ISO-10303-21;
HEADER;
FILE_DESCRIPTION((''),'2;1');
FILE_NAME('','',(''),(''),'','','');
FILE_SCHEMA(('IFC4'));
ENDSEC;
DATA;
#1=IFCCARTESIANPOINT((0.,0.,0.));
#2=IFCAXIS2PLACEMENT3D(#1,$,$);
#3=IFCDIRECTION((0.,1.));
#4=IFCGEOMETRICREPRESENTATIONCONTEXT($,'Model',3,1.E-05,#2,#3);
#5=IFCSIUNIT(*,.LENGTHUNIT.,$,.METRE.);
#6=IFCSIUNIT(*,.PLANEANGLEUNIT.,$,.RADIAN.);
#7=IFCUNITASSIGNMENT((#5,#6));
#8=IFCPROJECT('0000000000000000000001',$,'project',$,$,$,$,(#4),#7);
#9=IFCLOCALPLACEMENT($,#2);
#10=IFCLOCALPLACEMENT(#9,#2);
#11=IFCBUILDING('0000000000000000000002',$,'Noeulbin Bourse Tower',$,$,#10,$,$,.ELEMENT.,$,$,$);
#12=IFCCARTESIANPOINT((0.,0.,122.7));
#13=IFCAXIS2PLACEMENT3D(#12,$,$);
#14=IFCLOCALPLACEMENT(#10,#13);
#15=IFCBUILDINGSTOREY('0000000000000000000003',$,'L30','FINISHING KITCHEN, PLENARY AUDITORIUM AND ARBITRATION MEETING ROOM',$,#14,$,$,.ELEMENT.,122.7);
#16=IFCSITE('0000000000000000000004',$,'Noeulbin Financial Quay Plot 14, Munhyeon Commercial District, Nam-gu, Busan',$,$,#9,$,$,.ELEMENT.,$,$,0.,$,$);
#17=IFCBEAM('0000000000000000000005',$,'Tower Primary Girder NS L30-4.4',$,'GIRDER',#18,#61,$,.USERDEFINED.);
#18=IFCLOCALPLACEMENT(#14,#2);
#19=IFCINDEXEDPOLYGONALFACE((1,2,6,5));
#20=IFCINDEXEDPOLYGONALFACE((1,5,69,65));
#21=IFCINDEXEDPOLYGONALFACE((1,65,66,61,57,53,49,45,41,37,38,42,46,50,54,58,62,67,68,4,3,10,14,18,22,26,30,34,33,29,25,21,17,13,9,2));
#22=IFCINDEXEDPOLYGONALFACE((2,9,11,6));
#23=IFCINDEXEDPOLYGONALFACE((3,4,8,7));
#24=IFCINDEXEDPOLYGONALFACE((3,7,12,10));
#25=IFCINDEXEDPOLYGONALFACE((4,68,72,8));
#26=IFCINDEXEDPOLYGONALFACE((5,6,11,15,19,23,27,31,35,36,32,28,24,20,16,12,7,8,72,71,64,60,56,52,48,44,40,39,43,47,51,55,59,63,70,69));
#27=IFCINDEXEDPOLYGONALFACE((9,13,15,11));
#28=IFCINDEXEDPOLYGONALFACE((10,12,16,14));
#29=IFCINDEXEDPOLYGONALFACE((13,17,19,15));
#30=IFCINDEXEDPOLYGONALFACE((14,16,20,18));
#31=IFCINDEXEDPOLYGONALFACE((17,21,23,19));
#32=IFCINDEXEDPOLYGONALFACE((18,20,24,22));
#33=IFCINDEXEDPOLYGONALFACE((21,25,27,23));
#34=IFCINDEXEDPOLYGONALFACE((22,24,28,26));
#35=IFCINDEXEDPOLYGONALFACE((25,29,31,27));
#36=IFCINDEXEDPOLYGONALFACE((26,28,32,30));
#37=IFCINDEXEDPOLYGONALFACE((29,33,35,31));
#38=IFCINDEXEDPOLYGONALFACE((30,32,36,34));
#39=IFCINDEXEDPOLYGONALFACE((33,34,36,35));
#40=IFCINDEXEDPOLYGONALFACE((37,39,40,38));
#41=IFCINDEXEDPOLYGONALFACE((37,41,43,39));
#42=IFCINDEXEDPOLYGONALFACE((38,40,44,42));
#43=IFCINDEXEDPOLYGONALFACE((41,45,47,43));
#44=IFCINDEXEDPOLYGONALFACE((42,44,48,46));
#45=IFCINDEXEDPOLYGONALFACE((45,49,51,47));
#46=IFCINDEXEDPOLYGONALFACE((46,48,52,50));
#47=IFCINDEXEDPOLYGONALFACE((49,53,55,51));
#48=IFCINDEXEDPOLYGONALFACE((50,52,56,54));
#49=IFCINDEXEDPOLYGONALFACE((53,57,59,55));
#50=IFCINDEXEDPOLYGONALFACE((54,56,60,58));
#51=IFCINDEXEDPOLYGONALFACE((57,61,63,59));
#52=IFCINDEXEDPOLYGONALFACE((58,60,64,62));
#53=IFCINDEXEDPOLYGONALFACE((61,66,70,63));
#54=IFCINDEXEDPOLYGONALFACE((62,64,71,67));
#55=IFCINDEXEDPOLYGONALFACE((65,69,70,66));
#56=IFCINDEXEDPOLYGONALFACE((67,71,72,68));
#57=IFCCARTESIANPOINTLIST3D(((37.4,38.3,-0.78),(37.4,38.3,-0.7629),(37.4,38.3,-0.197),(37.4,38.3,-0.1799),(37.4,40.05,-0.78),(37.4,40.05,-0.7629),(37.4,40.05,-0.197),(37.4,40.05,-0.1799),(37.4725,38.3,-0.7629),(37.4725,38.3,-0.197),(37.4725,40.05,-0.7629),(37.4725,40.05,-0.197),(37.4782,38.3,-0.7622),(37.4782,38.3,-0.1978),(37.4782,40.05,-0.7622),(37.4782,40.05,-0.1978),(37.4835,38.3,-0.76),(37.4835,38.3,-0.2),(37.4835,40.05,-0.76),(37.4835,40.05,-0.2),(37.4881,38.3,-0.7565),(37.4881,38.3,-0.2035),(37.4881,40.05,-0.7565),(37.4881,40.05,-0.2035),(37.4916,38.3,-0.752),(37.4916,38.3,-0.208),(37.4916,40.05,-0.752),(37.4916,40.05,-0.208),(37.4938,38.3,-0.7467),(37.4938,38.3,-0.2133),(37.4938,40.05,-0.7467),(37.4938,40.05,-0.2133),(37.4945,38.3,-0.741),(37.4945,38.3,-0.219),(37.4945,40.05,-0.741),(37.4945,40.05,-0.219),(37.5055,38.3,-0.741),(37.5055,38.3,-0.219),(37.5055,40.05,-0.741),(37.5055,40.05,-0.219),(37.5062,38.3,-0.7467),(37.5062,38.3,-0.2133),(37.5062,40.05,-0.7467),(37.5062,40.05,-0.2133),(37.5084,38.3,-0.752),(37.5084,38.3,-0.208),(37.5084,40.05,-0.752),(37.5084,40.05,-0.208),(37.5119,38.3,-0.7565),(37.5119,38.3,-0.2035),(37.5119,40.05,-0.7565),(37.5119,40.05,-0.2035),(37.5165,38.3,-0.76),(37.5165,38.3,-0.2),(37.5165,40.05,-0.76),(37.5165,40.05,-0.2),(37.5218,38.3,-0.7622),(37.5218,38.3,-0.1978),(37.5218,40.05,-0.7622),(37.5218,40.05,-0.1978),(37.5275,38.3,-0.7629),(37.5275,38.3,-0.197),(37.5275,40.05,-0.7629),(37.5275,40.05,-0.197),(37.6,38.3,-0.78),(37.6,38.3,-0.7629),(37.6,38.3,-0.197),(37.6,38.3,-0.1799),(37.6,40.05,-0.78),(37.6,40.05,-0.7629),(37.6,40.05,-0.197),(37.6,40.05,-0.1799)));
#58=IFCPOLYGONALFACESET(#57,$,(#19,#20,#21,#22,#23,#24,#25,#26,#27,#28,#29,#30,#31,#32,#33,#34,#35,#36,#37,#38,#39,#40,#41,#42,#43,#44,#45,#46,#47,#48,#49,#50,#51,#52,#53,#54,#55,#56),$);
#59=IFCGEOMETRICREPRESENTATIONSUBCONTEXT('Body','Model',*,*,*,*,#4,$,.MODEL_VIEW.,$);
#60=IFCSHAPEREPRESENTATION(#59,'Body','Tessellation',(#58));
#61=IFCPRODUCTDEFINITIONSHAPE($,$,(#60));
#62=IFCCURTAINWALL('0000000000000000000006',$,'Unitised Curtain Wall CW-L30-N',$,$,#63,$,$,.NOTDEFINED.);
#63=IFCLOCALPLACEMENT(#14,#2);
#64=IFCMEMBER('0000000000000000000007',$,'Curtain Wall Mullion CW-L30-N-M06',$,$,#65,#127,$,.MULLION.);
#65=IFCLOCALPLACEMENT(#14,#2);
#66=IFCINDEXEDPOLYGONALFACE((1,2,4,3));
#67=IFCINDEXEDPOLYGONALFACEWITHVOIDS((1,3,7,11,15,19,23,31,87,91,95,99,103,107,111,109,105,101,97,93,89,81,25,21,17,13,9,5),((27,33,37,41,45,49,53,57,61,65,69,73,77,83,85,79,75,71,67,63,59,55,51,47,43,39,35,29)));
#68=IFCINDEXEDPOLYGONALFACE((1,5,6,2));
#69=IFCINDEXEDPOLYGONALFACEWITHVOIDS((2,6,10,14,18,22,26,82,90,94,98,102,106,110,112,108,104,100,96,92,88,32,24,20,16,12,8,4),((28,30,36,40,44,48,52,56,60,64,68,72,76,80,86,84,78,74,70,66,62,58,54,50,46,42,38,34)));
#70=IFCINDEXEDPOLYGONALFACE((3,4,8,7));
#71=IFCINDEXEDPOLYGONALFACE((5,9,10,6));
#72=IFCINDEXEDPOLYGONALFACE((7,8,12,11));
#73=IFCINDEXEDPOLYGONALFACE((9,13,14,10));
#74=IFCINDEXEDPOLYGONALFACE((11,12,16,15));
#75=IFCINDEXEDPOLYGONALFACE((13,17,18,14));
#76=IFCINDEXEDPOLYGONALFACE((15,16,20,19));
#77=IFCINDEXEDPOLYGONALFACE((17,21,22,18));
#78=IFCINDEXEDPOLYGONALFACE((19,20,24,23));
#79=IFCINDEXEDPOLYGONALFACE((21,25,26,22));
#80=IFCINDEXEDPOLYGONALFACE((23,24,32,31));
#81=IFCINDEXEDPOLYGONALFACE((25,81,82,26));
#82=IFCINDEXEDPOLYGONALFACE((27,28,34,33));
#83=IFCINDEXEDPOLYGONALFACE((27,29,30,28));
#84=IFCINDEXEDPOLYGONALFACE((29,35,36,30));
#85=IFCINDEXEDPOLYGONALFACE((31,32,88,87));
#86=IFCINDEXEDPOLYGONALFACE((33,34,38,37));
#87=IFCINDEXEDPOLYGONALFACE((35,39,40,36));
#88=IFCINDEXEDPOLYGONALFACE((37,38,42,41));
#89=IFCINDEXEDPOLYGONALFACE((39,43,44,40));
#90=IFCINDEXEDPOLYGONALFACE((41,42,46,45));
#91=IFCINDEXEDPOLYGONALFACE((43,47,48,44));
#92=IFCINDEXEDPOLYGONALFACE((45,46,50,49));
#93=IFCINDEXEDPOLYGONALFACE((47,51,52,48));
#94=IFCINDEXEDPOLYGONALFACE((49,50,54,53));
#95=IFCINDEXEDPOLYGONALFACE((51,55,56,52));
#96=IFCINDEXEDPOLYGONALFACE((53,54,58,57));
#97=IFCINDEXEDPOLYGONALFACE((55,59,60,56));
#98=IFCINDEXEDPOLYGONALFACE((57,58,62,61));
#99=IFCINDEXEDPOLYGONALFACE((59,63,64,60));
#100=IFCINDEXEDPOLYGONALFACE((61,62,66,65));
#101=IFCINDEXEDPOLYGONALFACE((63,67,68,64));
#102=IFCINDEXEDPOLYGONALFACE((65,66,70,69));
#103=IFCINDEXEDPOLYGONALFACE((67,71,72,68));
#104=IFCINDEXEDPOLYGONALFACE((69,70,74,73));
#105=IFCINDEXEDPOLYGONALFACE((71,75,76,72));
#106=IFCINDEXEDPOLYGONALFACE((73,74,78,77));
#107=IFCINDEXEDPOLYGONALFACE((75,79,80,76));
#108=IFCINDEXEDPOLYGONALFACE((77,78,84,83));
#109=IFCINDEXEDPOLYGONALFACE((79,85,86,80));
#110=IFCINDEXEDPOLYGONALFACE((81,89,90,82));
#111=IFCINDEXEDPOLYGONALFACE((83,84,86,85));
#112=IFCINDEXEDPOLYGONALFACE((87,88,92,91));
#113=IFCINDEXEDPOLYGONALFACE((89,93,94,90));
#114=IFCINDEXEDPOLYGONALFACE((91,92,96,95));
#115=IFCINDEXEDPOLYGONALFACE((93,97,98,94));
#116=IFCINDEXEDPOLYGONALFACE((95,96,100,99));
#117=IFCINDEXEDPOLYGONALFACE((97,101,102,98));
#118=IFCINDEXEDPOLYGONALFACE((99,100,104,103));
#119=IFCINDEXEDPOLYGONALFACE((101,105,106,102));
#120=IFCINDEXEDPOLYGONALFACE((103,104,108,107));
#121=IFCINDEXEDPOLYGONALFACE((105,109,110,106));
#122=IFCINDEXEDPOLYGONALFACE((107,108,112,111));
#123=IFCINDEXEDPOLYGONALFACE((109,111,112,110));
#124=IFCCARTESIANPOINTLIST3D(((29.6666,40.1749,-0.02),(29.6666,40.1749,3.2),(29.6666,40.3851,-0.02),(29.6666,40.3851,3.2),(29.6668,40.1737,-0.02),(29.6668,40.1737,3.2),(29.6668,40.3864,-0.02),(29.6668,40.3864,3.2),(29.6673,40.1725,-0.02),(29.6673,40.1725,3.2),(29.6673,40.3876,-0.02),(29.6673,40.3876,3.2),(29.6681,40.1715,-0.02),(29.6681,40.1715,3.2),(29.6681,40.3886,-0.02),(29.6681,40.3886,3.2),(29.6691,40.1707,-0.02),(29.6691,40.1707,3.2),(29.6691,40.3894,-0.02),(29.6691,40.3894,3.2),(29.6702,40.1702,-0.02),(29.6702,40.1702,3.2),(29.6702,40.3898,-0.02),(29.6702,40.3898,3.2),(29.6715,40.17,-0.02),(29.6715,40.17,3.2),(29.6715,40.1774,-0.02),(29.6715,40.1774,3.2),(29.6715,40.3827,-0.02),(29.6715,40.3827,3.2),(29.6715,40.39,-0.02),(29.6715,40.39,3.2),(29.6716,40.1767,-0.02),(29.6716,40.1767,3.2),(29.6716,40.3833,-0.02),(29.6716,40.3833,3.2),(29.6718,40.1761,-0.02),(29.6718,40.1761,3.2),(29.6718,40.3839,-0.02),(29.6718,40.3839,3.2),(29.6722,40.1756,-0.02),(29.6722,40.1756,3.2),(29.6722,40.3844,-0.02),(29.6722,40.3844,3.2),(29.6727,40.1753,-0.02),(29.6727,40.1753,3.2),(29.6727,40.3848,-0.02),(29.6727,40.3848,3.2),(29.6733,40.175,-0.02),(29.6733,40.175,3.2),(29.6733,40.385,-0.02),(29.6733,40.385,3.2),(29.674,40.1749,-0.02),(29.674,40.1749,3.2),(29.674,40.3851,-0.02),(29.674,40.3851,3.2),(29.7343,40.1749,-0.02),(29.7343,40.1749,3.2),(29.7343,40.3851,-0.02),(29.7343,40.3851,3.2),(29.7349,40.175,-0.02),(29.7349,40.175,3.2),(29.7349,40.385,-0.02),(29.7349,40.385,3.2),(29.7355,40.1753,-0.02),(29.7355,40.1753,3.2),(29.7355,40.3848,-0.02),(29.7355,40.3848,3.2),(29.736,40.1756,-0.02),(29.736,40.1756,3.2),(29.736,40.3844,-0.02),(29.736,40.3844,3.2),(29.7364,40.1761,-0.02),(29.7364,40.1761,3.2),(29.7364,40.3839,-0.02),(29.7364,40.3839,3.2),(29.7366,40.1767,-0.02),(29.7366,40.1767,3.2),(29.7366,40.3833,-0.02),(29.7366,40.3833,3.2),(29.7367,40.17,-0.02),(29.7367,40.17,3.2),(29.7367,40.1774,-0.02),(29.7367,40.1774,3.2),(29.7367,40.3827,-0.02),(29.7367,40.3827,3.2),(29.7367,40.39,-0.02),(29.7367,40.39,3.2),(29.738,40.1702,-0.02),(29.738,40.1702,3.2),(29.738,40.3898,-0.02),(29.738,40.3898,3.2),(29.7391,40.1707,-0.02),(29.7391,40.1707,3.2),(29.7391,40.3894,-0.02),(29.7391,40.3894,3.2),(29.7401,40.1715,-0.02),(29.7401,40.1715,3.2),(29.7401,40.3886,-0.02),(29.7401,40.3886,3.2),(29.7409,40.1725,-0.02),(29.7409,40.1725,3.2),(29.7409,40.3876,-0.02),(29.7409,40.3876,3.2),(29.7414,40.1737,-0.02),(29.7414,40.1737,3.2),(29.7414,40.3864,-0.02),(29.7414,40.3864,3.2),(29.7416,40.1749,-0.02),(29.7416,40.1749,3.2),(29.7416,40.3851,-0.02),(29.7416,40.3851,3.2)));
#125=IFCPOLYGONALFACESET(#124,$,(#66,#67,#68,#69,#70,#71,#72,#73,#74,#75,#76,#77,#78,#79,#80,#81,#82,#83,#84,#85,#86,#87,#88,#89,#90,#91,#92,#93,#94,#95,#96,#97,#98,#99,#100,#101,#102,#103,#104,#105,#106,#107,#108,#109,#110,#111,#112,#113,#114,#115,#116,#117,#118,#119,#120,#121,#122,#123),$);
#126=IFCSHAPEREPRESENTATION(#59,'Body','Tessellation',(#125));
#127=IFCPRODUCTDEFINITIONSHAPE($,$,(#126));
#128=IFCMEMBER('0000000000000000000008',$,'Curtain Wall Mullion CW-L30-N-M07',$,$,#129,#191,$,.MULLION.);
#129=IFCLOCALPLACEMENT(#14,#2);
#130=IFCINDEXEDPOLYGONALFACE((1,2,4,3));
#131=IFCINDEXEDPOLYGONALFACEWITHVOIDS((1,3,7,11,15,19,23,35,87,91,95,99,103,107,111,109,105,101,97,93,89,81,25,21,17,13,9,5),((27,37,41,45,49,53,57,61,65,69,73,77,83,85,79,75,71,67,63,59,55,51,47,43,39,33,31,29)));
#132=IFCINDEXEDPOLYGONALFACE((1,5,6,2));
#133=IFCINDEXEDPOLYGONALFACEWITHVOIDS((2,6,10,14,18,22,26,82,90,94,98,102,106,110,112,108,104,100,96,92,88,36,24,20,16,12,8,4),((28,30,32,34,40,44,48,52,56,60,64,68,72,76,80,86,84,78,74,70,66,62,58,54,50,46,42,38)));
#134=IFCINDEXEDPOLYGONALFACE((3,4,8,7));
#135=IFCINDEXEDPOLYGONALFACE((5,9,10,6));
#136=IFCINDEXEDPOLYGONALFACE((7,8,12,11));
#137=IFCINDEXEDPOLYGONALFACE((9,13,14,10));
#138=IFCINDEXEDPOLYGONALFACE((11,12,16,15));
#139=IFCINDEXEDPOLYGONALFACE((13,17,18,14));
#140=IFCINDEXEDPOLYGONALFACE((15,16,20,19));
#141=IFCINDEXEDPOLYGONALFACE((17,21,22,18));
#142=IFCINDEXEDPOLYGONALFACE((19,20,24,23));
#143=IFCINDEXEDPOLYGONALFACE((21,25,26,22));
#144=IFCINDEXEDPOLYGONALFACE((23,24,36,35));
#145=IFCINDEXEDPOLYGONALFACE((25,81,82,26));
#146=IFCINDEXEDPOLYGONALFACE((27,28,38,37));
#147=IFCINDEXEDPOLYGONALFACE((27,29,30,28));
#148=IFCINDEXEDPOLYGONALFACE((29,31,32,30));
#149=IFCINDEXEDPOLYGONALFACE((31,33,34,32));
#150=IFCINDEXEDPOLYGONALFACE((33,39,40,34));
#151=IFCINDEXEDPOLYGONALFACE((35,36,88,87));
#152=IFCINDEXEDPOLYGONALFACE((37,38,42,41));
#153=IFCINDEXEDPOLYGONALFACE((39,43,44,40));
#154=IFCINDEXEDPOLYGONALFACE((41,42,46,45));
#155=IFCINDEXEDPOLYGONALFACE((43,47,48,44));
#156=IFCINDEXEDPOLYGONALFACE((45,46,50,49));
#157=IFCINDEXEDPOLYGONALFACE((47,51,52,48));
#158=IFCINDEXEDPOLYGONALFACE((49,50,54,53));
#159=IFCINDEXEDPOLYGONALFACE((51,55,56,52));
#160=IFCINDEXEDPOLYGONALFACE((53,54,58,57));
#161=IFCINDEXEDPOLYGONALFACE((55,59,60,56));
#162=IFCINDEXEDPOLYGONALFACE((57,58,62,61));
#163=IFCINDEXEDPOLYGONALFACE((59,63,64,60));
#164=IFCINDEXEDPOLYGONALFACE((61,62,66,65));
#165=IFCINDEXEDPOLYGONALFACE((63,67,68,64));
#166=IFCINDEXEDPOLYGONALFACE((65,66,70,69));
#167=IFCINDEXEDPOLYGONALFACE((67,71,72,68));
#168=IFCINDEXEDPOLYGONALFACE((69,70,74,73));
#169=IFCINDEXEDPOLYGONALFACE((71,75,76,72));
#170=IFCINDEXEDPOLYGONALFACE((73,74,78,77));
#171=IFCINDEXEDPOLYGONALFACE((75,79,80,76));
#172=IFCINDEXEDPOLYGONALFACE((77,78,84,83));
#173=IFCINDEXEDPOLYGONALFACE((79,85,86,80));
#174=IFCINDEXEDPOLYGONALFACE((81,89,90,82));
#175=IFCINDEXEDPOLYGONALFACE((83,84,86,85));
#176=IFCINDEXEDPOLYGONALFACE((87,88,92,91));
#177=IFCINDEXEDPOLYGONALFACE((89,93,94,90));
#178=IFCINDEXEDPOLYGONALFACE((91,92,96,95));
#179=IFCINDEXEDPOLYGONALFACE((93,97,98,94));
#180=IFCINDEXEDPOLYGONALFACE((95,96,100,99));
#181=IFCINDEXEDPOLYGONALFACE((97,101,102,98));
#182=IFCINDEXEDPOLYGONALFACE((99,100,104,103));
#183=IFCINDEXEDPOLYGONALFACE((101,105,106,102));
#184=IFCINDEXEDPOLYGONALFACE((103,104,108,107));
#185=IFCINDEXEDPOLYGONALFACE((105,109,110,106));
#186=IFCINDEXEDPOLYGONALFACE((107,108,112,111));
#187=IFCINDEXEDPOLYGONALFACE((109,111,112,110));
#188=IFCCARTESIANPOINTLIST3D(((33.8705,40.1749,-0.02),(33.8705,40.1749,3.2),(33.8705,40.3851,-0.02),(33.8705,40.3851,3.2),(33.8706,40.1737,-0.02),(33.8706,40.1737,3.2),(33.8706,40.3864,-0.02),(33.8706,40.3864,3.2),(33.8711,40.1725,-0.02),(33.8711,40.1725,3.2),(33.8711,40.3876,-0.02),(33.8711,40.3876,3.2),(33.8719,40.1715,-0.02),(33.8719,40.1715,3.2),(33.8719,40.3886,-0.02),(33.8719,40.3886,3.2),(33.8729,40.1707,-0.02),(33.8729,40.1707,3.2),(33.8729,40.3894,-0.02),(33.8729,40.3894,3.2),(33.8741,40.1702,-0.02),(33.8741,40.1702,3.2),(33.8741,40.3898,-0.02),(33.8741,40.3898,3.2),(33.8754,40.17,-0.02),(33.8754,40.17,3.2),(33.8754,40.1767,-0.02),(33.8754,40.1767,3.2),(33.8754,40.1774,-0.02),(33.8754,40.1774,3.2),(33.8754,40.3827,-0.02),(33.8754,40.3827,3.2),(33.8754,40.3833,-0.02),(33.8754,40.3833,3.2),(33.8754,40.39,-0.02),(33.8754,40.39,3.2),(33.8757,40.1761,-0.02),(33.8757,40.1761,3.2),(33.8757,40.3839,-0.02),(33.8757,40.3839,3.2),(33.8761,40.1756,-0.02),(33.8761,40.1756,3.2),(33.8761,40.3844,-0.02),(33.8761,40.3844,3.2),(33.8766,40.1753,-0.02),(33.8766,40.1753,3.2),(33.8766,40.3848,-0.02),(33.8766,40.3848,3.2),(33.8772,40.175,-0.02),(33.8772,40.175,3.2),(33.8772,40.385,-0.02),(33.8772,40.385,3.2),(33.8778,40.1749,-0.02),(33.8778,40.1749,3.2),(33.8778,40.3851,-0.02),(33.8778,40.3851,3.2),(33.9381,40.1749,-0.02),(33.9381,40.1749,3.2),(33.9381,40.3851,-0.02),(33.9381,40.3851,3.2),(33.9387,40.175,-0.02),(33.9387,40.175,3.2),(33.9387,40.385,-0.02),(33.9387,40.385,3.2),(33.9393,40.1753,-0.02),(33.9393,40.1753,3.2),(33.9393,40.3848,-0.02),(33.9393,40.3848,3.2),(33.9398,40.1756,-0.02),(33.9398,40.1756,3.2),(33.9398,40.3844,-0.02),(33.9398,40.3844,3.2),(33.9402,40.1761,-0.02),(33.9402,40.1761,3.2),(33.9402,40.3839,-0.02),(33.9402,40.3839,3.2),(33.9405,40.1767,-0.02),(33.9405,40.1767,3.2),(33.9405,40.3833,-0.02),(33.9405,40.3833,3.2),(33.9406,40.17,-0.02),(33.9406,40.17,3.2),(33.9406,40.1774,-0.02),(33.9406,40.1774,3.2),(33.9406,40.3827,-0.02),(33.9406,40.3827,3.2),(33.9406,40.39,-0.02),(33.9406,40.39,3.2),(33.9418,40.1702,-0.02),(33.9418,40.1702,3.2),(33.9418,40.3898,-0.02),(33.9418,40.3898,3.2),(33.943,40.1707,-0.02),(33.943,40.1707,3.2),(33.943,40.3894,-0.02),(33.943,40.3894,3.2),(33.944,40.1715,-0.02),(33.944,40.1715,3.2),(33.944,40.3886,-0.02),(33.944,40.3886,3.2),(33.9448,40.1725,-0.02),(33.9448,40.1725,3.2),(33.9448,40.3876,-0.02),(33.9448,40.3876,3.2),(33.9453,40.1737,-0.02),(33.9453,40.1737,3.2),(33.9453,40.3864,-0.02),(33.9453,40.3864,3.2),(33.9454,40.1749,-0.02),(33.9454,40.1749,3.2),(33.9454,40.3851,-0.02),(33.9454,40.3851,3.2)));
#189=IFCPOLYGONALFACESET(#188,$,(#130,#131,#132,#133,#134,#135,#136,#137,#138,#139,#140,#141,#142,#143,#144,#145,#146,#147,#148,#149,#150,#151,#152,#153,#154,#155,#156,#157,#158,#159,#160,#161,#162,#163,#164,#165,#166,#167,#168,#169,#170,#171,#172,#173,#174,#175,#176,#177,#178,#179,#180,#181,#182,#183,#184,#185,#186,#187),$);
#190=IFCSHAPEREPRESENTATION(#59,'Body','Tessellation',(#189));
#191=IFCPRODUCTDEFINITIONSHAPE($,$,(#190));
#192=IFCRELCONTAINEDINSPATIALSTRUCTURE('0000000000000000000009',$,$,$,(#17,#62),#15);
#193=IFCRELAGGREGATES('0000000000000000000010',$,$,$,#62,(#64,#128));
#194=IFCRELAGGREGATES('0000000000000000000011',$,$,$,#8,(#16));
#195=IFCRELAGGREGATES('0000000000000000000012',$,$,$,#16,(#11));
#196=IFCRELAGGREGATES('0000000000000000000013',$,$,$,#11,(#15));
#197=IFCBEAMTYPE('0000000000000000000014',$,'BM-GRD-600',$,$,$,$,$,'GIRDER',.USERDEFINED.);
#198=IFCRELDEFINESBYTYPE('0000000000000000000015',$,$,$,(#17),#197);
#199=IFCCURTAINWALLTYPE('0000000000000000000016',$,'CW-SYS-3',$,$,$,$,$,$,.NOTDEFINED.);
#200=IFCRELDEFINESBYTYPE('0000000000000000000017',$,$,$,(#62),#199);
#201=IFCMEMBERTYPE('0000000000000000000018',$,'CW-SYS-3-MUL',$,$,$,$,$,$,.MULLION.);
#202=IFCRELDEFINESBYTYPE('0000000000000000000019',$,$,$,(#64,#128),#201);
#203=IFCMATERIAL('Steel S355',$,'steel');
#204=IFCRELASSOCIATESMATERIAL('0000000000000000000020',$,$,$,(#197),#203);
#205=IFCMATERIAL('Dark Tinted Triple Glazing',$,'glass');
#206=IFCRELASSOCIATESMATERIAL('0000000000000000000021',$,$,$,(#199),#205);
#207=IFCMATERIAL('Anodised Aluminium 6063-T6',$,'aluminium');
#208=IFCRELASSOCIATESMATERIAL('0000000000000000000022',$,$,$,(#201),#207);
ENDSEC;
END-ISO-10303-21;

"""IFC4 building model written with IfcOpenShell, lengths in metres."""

from ifc_helpers import new_model, si_unit, direction, frame, origin, origin_2d, place, context, subcontext, project, spatial, hollow_rectangle, i_section, extrude, material, material_profile, profile_set, type_object, element, aggregate, save


model = new_model("IFC4")

# Units and contexts
model_context = context("Model", 3, precision=1e-05, world=origin(), true_north=direction((0.0, 1.0)))
body_context = subcontext(model_context, "Body", "Model", "MODEL_VIEW")
ifc_project = project(units=[si_unit("LENGTHUNIT", "METRE"), si_unit("PLANEANGLEUNIT", "RADIAN")], contexts=[model_context])

# Site, building, storey
site_placement = place(None, origin())
site = spatial("IfcSite", under=ifc_project, at=site_placement, Name="Noeulbin Financial Quay Plot 14, Munhyeon Commercial District, Nam-gu, Busan", CompositionType="ELEMENT", RefElevation=0.0)
building_placement = place(site_placement, origin())
building = spatial("IfcBuilding", under=site, at=building_placement, Name="Noeulbin Bourse Tower", CompositionType="ELEMENT")
storey_placement = place(building_placement, frame((0.0, 0.0, 122.7)))
storey = spatial("IfcBuildingStorey", under=building, at=storey_placement, Name="L30", Description="FINISHING KITCHEN, PLENARY AUDITORIUM AND ARBITRATION MEETING ROOM", CompositionType="ELEMENT", Elevation=122.7)

# Beam
ifc_material_1 = material(Name="Steel S355", Category="steel")
ifc_material_profile_1 = material_profile(ifc_material_1, i_section(OverallWidth=0.2, OverallDepth=0.6001, WebThickness=0.011, FlangeThickness=0.0171, FilletRadius=0.022, at=origin_2d()), Name="H-600x200x11x17", Category="LoadBearing")
ifc_profile_set_1 = profile_set([ifc_material_profile_1], Name="Steel S355")
beam_type = type_object("IfcBeamType", Name="BM-GRD-600", ElementType="GIRDER", PredefinedType="USERDEFINED", material=ifc_profile_set_1)
for number, where, z_axis, x_axis, name in (
    (1, (37.5, 38.3, -0.48), (0.0, 1.0, 0.0), (-1.0, 0.0, 0.0), "Tower Primary Girder NS L30-4.4"),
):
    element("IfcBeam", number, at=place(storey_placement, frame(where, z_axis=z_axis, x_axis=x_axis)), inside=storey, type_object=beam_type, Name=name, ObjectType="GIRDER", PredefinedType="USERDEFINED", context=body_context, shape_type="SweptSolid", body=[
        extrude(i_section(OverallWidth=0.2, OverallDepth=0.6001, WebThickness=0.011, FlangeThickness=0.0171, FilletRadius=0.022, at=origin_2d()), origin(), (0.0, 0.0, 1.0), 1.75),
    ])

# Curtain wall, members
ifc_material_2 = material(Name="Dark Tinted Triple Glazing", Category="glass")
curtain_wall_type = type_object("IfcCurtainWallType", Name="CW-SYS-3", PredefinedType="NOTDEFINED", material=ifc_material_2)
curtain_wall_placement = place(storey_placement, origin())
curtain_wall = element("IfcCurtainWall", 2, at=curtain_wall_placement, inside=storey, type_object=curtain_wall_type, Name="Unitised Curtain Wall CW-L30-N", PredefinedType="NOTDEFINED")
ifc_material_3 = material(Name="Anodised Aluminium 6063-T6", Category="aluminium")
ifc_material_profile_2 = material_profile(ifc_material_3, hollow_rectangle(XDim=0.075, YDim=0.22, WallThickness=0.0049, InnerFilletRadius=0.0024, OuterFilletRadius=0.0049, at=origin_2d()), Name="ALU-MULL-75x220x5", Category="LoadBearing")
ifc_profile_set_2 = profile_set([ifc_material_profile_2], Name="Anodised Aluminium 6063-T6")
member_type = type_object("IfcMemberType", Name="CW-SYS-3-MUL", PredefinedType="MULLION", material=ifc_profile_set_2)
member_1_placement = place(storey_placement, frame((29.7041, 40.28, -0.02), z_axis=(0.0, 0.0, 1.0), x_axis=(1.0, 0.0, 0.0)))
member_1 = element("IfcMember", 3, at=member_1_placement, type_object=member_type, Name="Curtain Wall Mullion CW-L30-N-M06", PredefinedType="MULLION", context=body_context, shape_type="SweptSolid", body=[
    extrude(hollow_rectangle(XDim=0.075, YDim=0.22, WallThickness=0.0049, InnerFilletRadius=0.0024, OuterFilletRadius=0.0049, at=origin_2d()), origin(), (0.0, 0.0, 1.0), 3.22),
])
member_2_placement = place(storey_placement, frame((33.908, 40.28, -0.02), z_axis=(0.0, 0.0, 1.0), x_axis=(1.0, 0.0, 0.0)))
member_2 = element("IfcMember", 4, at=member_2_placement, type_object=member_type, Name="Curtain Wall Mullion CW-L30-N-M07", PredefinedType="MULLION", context=body_context, shape_type="SweptSolid", body=[
    extrude(hollow_rectangle(XDim=0.075, YDim=0.22, WallThickness=0.0049, InnerFilletRadius=0.0024, OuterFilletRadius=0.0049, at=origin_2d()), origin(), (0.0, 0.0, 1.0), 3.22),
])
aggregate(curtain_wall, [member_1, member_2])

save(model, "model.ifc")
